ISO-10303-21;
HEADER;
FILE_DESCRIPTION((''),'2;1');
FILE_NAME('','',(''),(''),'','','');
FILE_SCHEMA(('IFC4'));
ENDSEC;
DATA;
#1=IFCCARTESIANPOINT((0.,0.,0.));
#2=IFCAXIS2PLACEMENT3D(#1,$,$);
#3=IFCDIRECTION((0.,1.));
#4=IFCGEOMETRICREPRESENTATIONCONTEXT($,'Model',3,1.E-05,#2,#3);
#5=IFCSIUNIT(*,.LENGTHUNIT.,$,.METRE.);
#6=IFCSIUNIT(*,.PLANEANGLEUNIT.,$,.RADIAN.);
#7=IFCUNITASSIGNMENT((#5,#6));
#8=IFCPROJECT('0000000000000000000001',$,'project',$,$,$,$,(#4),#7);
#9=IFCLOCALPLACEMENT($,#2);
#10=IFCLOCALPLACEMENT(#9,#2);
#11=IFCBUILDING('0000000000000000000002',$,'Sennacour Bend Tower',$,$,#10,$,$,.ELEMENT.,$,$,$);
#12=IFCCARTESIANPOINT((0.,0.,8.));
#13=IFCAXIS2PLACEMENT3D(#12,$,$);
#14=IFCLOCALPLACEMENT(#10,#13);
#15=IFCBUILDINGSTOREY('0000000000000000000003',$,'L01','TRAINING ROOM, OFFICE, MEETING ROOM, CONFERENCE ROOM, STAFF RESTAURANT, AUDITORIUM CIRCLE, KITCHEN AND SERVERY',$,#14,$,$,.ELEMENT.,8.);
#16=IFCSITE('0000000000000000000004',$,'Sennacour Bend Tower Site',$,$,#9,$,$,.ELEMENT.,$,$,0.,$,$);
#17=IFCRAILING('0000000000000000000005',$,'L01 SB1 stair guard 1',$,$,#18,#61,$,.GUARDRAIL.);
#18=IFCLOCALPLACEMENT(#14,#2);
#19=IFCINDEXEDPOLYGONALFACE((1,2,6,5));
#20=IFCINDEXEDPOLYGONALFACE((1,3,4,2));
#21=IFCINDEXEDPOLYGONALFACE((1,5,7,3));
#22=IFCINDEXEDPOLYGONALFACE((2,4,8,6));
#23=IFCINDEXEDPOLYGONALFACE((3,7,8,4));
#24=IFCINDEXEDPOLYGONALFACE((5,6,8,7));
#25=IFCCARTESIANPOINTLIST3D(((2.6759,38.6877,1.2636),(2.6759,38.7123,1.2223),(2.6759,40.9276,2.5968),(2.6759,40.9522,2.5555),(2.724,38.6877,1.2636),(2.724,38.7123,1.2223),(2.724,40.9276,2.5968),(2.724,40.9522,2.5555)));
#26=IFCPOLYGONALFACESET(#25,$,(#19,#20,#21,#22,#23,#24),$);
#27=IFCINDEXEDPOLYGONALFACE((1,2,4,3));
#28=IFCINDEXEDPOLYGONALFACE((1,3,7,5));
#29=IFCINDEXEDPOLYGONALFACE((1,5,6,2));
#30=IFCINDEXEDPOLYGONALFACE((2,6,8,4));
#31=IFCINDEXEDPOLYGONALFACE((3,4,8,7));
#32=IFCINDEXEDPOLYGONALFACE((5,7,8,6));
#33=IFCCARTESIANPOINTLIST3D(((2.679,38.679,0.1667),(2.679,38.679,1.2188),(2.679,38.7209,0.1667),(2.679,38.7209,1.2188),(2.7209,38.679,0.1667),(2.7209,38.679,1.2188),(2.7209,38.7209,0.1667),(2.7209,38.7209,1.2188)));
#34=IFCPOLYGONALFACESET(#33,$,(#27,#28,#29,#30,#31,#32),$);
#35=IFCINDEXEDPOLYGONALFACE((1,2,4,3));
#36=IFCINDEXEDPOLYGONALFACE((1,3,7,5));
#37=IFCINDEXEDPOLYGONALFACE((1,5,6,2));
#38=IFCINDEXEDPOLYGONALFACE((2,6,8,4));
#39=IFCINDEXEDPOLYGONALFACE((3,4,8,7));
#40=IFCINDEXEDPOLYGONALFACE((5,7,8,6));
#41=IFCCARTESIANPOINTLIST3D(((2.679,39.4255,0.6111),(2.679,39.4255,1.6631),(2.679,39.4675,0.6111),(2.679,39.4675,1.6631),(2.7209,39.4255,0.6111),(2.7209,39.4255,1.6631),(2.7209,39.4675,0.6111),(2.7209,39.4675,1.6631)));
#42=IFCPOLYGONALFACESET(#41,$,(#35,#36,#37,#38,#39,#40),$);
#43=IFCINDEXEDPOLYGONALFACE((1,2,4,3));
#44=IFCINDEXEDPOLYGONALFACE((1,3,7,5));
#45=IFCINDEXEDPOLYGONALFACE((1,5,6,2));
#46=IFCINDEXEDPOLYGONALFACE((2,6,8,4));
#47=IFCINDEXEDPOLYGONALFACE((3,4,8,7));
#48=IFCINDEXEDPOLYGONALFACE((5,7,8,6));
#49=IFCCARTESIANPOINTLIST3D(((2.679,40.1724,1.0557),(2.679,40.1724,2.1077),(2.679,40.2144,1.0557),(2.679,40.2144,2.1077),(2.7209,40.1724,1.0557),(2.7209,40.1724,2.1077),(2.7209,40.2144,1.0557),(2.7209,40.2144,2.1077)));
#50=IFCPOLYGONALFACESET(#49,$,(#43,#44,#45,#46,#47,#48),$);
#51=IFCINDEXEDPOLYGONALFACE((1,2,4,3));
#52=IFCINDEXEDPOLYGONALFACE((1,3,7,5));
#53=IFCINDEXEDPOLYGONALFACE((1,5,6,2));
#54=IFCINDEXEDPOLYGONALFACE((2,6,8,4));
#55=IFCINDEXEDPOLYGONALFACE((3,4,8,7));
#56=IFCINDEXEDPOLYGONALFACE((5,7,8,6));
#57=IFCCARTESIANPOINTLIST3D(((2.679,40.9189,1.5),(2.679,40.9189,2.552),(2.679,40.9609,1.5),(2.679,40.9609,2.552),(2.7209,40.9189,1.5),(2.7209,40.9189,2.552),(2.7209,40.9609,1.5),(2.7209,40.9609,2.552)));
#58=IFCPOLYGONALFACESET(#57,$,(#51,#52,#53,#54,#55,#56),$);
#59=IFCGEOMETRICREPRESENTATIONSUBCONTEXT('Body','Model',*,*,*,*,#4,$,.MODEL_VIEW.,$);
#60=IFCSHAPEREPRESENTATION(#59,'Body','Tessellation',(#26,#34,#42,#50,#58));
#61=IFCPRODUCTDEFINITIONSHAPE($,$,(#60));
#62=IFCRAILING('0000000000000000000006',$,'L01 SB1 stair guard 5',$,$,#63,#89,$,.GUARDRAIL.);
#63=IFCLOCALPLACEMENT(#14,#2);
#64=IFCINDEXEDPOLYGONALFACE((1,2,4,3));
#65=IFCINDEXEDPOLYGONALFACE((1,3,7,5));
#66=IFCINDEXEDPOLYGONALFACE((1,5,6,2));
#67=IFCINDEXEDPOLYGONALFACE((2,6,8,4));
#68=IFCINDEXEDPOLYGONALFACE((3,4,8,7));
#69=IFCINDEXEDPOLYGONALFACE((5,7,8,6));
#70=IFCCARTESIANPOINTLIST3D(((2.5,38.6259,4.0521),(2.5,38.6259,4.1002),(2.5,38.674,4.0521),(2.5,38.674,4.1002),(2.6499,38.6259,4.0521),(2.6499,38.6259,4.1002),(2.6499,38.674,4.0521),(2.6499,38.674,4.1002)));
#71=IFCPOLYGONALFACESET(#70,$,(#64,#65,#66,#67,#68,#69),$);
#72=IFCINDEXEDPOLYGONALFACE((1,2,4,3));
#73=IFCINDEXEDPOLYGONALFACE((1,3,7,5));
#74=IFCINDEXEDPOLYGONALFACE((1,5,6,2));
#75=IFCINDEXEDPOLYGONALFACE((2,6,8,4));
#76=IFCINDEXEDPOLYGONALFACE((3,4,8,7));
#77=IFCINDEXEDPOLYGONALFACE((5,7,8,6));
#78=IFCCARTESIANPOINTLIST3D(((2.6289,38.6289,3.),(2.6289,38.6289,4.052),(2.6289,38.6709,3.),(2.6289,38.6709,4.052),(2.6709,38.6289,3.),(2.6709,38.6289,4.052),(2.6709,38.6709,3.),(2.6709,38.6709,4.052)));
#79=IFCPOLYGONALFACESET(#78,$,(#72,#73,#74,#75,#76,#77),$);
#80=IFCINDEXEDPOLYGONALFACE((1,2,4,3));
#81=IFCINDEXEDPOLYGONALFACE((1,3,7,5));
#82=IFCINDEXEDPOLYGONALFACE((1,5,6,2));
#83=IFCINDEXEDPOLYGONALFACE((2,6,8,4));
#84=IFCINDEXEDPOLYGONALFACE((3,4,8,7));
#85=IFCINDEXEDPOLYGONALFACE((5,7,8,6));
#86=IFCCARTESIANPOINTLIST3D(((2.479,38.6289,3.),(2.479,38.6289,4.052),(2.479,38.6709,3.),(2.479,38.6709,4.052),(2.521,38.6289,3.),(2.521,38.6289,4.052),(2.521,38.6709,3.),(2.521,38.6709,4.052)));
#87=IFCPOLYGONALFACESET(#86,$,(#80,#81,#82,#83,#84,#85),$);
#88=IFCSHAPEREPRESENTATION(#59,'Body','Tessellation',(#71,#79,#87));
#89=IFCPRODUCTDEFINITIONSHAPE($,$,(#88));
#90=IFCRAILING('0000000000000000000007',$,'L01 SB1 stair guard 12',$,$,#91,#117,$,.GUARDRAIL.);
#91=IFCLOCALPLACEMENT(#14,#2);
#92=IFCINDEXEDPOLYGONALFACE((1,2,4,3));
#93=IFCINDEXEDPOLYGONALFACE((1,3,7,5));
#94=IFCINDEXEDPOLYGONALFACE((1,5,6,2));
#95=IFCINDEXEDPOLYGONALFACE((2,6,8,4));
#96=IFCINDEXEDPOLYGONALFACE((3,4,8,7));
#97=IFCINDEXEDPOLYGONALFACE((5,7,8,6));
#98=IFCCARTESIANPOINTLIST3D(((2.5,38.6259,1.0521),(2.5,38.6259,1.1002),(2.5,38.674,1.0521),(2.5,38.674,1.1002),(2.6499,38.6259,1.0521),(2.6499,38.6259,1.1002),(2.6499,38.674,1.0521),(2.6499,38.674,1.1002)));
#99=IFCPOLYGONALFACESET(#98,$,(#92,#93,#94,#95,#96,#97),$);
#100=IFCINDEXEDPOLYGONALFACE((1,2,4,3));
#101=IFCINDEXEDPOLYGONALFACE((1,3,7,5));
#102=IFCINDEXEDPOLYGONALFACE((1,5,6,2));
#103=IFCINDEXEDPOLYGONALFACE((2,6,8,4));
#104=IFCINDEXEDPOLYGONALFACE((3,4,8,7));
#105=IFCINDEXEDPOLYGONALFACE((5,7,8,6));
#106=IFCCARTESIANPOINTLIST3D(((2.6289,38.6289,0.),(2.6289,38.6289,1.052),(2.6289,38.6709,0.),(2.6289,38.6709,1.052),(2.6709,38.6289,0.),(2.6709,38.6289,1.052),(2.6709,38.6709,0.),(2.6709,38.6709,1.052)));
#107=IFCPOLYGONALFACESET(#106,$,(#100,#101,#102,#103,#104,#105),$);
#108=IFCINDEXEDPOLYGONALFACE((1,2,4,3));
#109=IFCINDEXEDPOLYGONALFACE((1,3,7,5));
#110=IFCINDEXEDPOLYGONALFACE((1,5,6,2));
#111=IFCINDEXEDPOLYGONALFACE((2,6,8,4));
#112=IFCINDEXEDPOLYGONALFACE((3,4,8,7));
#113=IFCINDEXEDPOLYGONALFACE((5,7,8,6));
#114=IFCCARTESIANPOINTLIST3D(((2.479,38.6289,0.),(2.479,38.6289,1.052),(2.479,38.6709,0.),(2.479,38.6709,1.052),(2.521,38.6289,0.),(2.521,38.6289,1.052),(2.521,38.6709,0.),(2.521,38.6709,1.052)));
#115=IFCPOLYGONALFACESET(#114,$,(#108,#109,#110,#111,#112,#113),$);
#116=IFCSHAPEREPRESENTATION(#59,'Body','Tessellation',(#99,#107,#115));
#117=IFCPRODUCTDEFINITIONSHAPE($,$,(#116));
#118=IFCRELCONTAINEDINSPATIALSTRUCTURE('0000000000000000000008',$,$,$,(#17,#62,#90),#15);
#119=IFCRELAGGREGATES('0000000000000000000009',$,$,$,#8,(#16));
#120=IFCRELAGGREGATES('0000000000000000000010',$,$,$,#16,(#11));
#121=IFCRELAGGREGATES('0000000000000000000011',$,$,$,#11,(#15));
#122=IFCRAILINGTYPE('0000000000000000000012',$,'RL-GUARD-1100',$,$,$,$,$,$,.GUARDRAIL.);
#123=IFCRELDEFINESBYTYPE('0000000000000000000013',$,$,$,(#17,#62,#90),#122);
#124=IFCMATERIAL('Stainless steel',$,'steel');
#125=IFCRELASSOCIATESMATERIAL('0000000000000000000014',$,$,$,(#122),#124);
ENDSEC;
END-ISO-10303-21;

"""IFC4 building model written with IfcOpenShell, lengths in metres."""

from ifc_helpers import new_model, si_unit, direction, frame, origin, origin_2d, place, context, subcontext, project, spatial, rectangle, extrude, material, type_object, element, save


model = new_model("IFC4")

# Units and contexts
model_context = context("Model", 3, precision=1e-05, world=origin(), true_north=direction((0.0, 1.0)))
body_context = subcontext(model_context, "Body", "Model", "MODEL_VIEW")
ifc_project = project(units=[si_unit("LENGTHUNIT", "METRE"), si_unit("PLANEANGLEUNIT", "RADIAN")], contexts=[model_context])

# Site, building, storey
site_placement = place(None, origin())
site = spatial("IfcSite", under=ifc_project, at=site_placement, Name="Sennacour Bend Tower Site", CompositionType="ELEMENT", RefElevation=0.0)
building_placement = place(site_placement, origin())
building = spatial("IfcBuilding", under=site, at=building_placement, Name="Sennacour Bend Tower", CompositionType="ELEMENT")
storey_placement = place(building_placement, frame((0.0, 0.0, 8.0)))
storey = spatial("IfcBuildingStorey", under=building, at=storey_placement, Name="L01", Description="TRAINING ROOM, OFFICE, MEETING ROOM, CONFERENCE ROOM, STAFF RESTAURANT, AUDITORIUM CIRCLE, KITCHEN AND SERVERY", CompositionType="ELEMENT", Elevation=8.0)

# Shared definitions
ifc_material_1 = material(Name="Stainless steel", Category="steel")

# Railings
railing_type = type_object("IfcRailingType", Name="RL-GUARD-1100", PredefinedType="GUARDRAIL", material=ifc_material_1)
railing_placement = place(storey_placement, frame((2.7, 38.7, 0.1667)))
element("IfcRailing", 1, at=railing_placement, inside=storey, type_object=railing_type, Name="L01 SB1 stair guard 1", PredefinedType="GUARDRAIL", context=body_context, shape_type="SweptSolid", body=[
    extrude(rectangle(XDim=0.0481, YDim=0.0481, at=origin_2d()), frame((0.0, 0.0, 1.0762), z_axis=(0.0, 0.859306, 0.511462), x_axis=(-1.0, 0.0, 0.0)), (0.0, 0.0, 1.0), 2.6067),
    extrude(rectangle(XDim=0.042, YDim=0.042, at=origin_2d()), origin(), (0.0, 0.0, 1.0), 1.052),
    extrude(rectangle(XDim=0.042, YDim=0.042, at=origin_2d()), frame((0.0, 0.7466, 0.4443)), (0.0, 0.0, 1.0), 1.052),
    extrude(rectangle(XDim=0.042, YDim=0.042, at=origin_2d()), frame((0.0, 1.4934, 0.8889)), (0.0, 0.0, 1.0), 1.052),
    extrude(rectangle(XDim=0.042, YDim=0.042, at=origin_2d()), frame((0.0, 2.24, 1.3333)), (0.0, 0.0, 1.0), 1.052),
])
for number, where, name in (
    (2, (2.6499, 38.6499, 3.0), "L01 SB1 stair guard 5"),
    (3, (2.6499, 38.6499, 0.0), "L01 SB1 stair guard 12"),
):
    element("IfcRailing", number, at=place(storey_placement, frame(where)), inside=storey, type_object=railing_type, Name=name, PredefinedType="GUARDRAIL", context=body_context, shape_type="SweptSolid", body=[
        extrude(rectangle(XDim=0.0481, YDim=0.0481, at=origin_2d()), frame((0.0, 0.0, 1.0762), z_axis=(-1.0, 0.0, 0.0), x_axis=(0.0, -1.0, 0.0)), (0.0, 0.0, 1.0), 0.1499),
        extrude(rectangle(XDim=0.042, YDim=0.042, at=origin_2d()), origin(), (0.0, 0.0, 1.0), 1.052),
        extrude(rectangle(XDim=0.042, YDim=0.042, at=origin_2d()), frame((-0.1499, 0.0, 0.0)), (0.0, 0.0, 1.0), 1.052),
    ])

save(model, "model.ifc")
